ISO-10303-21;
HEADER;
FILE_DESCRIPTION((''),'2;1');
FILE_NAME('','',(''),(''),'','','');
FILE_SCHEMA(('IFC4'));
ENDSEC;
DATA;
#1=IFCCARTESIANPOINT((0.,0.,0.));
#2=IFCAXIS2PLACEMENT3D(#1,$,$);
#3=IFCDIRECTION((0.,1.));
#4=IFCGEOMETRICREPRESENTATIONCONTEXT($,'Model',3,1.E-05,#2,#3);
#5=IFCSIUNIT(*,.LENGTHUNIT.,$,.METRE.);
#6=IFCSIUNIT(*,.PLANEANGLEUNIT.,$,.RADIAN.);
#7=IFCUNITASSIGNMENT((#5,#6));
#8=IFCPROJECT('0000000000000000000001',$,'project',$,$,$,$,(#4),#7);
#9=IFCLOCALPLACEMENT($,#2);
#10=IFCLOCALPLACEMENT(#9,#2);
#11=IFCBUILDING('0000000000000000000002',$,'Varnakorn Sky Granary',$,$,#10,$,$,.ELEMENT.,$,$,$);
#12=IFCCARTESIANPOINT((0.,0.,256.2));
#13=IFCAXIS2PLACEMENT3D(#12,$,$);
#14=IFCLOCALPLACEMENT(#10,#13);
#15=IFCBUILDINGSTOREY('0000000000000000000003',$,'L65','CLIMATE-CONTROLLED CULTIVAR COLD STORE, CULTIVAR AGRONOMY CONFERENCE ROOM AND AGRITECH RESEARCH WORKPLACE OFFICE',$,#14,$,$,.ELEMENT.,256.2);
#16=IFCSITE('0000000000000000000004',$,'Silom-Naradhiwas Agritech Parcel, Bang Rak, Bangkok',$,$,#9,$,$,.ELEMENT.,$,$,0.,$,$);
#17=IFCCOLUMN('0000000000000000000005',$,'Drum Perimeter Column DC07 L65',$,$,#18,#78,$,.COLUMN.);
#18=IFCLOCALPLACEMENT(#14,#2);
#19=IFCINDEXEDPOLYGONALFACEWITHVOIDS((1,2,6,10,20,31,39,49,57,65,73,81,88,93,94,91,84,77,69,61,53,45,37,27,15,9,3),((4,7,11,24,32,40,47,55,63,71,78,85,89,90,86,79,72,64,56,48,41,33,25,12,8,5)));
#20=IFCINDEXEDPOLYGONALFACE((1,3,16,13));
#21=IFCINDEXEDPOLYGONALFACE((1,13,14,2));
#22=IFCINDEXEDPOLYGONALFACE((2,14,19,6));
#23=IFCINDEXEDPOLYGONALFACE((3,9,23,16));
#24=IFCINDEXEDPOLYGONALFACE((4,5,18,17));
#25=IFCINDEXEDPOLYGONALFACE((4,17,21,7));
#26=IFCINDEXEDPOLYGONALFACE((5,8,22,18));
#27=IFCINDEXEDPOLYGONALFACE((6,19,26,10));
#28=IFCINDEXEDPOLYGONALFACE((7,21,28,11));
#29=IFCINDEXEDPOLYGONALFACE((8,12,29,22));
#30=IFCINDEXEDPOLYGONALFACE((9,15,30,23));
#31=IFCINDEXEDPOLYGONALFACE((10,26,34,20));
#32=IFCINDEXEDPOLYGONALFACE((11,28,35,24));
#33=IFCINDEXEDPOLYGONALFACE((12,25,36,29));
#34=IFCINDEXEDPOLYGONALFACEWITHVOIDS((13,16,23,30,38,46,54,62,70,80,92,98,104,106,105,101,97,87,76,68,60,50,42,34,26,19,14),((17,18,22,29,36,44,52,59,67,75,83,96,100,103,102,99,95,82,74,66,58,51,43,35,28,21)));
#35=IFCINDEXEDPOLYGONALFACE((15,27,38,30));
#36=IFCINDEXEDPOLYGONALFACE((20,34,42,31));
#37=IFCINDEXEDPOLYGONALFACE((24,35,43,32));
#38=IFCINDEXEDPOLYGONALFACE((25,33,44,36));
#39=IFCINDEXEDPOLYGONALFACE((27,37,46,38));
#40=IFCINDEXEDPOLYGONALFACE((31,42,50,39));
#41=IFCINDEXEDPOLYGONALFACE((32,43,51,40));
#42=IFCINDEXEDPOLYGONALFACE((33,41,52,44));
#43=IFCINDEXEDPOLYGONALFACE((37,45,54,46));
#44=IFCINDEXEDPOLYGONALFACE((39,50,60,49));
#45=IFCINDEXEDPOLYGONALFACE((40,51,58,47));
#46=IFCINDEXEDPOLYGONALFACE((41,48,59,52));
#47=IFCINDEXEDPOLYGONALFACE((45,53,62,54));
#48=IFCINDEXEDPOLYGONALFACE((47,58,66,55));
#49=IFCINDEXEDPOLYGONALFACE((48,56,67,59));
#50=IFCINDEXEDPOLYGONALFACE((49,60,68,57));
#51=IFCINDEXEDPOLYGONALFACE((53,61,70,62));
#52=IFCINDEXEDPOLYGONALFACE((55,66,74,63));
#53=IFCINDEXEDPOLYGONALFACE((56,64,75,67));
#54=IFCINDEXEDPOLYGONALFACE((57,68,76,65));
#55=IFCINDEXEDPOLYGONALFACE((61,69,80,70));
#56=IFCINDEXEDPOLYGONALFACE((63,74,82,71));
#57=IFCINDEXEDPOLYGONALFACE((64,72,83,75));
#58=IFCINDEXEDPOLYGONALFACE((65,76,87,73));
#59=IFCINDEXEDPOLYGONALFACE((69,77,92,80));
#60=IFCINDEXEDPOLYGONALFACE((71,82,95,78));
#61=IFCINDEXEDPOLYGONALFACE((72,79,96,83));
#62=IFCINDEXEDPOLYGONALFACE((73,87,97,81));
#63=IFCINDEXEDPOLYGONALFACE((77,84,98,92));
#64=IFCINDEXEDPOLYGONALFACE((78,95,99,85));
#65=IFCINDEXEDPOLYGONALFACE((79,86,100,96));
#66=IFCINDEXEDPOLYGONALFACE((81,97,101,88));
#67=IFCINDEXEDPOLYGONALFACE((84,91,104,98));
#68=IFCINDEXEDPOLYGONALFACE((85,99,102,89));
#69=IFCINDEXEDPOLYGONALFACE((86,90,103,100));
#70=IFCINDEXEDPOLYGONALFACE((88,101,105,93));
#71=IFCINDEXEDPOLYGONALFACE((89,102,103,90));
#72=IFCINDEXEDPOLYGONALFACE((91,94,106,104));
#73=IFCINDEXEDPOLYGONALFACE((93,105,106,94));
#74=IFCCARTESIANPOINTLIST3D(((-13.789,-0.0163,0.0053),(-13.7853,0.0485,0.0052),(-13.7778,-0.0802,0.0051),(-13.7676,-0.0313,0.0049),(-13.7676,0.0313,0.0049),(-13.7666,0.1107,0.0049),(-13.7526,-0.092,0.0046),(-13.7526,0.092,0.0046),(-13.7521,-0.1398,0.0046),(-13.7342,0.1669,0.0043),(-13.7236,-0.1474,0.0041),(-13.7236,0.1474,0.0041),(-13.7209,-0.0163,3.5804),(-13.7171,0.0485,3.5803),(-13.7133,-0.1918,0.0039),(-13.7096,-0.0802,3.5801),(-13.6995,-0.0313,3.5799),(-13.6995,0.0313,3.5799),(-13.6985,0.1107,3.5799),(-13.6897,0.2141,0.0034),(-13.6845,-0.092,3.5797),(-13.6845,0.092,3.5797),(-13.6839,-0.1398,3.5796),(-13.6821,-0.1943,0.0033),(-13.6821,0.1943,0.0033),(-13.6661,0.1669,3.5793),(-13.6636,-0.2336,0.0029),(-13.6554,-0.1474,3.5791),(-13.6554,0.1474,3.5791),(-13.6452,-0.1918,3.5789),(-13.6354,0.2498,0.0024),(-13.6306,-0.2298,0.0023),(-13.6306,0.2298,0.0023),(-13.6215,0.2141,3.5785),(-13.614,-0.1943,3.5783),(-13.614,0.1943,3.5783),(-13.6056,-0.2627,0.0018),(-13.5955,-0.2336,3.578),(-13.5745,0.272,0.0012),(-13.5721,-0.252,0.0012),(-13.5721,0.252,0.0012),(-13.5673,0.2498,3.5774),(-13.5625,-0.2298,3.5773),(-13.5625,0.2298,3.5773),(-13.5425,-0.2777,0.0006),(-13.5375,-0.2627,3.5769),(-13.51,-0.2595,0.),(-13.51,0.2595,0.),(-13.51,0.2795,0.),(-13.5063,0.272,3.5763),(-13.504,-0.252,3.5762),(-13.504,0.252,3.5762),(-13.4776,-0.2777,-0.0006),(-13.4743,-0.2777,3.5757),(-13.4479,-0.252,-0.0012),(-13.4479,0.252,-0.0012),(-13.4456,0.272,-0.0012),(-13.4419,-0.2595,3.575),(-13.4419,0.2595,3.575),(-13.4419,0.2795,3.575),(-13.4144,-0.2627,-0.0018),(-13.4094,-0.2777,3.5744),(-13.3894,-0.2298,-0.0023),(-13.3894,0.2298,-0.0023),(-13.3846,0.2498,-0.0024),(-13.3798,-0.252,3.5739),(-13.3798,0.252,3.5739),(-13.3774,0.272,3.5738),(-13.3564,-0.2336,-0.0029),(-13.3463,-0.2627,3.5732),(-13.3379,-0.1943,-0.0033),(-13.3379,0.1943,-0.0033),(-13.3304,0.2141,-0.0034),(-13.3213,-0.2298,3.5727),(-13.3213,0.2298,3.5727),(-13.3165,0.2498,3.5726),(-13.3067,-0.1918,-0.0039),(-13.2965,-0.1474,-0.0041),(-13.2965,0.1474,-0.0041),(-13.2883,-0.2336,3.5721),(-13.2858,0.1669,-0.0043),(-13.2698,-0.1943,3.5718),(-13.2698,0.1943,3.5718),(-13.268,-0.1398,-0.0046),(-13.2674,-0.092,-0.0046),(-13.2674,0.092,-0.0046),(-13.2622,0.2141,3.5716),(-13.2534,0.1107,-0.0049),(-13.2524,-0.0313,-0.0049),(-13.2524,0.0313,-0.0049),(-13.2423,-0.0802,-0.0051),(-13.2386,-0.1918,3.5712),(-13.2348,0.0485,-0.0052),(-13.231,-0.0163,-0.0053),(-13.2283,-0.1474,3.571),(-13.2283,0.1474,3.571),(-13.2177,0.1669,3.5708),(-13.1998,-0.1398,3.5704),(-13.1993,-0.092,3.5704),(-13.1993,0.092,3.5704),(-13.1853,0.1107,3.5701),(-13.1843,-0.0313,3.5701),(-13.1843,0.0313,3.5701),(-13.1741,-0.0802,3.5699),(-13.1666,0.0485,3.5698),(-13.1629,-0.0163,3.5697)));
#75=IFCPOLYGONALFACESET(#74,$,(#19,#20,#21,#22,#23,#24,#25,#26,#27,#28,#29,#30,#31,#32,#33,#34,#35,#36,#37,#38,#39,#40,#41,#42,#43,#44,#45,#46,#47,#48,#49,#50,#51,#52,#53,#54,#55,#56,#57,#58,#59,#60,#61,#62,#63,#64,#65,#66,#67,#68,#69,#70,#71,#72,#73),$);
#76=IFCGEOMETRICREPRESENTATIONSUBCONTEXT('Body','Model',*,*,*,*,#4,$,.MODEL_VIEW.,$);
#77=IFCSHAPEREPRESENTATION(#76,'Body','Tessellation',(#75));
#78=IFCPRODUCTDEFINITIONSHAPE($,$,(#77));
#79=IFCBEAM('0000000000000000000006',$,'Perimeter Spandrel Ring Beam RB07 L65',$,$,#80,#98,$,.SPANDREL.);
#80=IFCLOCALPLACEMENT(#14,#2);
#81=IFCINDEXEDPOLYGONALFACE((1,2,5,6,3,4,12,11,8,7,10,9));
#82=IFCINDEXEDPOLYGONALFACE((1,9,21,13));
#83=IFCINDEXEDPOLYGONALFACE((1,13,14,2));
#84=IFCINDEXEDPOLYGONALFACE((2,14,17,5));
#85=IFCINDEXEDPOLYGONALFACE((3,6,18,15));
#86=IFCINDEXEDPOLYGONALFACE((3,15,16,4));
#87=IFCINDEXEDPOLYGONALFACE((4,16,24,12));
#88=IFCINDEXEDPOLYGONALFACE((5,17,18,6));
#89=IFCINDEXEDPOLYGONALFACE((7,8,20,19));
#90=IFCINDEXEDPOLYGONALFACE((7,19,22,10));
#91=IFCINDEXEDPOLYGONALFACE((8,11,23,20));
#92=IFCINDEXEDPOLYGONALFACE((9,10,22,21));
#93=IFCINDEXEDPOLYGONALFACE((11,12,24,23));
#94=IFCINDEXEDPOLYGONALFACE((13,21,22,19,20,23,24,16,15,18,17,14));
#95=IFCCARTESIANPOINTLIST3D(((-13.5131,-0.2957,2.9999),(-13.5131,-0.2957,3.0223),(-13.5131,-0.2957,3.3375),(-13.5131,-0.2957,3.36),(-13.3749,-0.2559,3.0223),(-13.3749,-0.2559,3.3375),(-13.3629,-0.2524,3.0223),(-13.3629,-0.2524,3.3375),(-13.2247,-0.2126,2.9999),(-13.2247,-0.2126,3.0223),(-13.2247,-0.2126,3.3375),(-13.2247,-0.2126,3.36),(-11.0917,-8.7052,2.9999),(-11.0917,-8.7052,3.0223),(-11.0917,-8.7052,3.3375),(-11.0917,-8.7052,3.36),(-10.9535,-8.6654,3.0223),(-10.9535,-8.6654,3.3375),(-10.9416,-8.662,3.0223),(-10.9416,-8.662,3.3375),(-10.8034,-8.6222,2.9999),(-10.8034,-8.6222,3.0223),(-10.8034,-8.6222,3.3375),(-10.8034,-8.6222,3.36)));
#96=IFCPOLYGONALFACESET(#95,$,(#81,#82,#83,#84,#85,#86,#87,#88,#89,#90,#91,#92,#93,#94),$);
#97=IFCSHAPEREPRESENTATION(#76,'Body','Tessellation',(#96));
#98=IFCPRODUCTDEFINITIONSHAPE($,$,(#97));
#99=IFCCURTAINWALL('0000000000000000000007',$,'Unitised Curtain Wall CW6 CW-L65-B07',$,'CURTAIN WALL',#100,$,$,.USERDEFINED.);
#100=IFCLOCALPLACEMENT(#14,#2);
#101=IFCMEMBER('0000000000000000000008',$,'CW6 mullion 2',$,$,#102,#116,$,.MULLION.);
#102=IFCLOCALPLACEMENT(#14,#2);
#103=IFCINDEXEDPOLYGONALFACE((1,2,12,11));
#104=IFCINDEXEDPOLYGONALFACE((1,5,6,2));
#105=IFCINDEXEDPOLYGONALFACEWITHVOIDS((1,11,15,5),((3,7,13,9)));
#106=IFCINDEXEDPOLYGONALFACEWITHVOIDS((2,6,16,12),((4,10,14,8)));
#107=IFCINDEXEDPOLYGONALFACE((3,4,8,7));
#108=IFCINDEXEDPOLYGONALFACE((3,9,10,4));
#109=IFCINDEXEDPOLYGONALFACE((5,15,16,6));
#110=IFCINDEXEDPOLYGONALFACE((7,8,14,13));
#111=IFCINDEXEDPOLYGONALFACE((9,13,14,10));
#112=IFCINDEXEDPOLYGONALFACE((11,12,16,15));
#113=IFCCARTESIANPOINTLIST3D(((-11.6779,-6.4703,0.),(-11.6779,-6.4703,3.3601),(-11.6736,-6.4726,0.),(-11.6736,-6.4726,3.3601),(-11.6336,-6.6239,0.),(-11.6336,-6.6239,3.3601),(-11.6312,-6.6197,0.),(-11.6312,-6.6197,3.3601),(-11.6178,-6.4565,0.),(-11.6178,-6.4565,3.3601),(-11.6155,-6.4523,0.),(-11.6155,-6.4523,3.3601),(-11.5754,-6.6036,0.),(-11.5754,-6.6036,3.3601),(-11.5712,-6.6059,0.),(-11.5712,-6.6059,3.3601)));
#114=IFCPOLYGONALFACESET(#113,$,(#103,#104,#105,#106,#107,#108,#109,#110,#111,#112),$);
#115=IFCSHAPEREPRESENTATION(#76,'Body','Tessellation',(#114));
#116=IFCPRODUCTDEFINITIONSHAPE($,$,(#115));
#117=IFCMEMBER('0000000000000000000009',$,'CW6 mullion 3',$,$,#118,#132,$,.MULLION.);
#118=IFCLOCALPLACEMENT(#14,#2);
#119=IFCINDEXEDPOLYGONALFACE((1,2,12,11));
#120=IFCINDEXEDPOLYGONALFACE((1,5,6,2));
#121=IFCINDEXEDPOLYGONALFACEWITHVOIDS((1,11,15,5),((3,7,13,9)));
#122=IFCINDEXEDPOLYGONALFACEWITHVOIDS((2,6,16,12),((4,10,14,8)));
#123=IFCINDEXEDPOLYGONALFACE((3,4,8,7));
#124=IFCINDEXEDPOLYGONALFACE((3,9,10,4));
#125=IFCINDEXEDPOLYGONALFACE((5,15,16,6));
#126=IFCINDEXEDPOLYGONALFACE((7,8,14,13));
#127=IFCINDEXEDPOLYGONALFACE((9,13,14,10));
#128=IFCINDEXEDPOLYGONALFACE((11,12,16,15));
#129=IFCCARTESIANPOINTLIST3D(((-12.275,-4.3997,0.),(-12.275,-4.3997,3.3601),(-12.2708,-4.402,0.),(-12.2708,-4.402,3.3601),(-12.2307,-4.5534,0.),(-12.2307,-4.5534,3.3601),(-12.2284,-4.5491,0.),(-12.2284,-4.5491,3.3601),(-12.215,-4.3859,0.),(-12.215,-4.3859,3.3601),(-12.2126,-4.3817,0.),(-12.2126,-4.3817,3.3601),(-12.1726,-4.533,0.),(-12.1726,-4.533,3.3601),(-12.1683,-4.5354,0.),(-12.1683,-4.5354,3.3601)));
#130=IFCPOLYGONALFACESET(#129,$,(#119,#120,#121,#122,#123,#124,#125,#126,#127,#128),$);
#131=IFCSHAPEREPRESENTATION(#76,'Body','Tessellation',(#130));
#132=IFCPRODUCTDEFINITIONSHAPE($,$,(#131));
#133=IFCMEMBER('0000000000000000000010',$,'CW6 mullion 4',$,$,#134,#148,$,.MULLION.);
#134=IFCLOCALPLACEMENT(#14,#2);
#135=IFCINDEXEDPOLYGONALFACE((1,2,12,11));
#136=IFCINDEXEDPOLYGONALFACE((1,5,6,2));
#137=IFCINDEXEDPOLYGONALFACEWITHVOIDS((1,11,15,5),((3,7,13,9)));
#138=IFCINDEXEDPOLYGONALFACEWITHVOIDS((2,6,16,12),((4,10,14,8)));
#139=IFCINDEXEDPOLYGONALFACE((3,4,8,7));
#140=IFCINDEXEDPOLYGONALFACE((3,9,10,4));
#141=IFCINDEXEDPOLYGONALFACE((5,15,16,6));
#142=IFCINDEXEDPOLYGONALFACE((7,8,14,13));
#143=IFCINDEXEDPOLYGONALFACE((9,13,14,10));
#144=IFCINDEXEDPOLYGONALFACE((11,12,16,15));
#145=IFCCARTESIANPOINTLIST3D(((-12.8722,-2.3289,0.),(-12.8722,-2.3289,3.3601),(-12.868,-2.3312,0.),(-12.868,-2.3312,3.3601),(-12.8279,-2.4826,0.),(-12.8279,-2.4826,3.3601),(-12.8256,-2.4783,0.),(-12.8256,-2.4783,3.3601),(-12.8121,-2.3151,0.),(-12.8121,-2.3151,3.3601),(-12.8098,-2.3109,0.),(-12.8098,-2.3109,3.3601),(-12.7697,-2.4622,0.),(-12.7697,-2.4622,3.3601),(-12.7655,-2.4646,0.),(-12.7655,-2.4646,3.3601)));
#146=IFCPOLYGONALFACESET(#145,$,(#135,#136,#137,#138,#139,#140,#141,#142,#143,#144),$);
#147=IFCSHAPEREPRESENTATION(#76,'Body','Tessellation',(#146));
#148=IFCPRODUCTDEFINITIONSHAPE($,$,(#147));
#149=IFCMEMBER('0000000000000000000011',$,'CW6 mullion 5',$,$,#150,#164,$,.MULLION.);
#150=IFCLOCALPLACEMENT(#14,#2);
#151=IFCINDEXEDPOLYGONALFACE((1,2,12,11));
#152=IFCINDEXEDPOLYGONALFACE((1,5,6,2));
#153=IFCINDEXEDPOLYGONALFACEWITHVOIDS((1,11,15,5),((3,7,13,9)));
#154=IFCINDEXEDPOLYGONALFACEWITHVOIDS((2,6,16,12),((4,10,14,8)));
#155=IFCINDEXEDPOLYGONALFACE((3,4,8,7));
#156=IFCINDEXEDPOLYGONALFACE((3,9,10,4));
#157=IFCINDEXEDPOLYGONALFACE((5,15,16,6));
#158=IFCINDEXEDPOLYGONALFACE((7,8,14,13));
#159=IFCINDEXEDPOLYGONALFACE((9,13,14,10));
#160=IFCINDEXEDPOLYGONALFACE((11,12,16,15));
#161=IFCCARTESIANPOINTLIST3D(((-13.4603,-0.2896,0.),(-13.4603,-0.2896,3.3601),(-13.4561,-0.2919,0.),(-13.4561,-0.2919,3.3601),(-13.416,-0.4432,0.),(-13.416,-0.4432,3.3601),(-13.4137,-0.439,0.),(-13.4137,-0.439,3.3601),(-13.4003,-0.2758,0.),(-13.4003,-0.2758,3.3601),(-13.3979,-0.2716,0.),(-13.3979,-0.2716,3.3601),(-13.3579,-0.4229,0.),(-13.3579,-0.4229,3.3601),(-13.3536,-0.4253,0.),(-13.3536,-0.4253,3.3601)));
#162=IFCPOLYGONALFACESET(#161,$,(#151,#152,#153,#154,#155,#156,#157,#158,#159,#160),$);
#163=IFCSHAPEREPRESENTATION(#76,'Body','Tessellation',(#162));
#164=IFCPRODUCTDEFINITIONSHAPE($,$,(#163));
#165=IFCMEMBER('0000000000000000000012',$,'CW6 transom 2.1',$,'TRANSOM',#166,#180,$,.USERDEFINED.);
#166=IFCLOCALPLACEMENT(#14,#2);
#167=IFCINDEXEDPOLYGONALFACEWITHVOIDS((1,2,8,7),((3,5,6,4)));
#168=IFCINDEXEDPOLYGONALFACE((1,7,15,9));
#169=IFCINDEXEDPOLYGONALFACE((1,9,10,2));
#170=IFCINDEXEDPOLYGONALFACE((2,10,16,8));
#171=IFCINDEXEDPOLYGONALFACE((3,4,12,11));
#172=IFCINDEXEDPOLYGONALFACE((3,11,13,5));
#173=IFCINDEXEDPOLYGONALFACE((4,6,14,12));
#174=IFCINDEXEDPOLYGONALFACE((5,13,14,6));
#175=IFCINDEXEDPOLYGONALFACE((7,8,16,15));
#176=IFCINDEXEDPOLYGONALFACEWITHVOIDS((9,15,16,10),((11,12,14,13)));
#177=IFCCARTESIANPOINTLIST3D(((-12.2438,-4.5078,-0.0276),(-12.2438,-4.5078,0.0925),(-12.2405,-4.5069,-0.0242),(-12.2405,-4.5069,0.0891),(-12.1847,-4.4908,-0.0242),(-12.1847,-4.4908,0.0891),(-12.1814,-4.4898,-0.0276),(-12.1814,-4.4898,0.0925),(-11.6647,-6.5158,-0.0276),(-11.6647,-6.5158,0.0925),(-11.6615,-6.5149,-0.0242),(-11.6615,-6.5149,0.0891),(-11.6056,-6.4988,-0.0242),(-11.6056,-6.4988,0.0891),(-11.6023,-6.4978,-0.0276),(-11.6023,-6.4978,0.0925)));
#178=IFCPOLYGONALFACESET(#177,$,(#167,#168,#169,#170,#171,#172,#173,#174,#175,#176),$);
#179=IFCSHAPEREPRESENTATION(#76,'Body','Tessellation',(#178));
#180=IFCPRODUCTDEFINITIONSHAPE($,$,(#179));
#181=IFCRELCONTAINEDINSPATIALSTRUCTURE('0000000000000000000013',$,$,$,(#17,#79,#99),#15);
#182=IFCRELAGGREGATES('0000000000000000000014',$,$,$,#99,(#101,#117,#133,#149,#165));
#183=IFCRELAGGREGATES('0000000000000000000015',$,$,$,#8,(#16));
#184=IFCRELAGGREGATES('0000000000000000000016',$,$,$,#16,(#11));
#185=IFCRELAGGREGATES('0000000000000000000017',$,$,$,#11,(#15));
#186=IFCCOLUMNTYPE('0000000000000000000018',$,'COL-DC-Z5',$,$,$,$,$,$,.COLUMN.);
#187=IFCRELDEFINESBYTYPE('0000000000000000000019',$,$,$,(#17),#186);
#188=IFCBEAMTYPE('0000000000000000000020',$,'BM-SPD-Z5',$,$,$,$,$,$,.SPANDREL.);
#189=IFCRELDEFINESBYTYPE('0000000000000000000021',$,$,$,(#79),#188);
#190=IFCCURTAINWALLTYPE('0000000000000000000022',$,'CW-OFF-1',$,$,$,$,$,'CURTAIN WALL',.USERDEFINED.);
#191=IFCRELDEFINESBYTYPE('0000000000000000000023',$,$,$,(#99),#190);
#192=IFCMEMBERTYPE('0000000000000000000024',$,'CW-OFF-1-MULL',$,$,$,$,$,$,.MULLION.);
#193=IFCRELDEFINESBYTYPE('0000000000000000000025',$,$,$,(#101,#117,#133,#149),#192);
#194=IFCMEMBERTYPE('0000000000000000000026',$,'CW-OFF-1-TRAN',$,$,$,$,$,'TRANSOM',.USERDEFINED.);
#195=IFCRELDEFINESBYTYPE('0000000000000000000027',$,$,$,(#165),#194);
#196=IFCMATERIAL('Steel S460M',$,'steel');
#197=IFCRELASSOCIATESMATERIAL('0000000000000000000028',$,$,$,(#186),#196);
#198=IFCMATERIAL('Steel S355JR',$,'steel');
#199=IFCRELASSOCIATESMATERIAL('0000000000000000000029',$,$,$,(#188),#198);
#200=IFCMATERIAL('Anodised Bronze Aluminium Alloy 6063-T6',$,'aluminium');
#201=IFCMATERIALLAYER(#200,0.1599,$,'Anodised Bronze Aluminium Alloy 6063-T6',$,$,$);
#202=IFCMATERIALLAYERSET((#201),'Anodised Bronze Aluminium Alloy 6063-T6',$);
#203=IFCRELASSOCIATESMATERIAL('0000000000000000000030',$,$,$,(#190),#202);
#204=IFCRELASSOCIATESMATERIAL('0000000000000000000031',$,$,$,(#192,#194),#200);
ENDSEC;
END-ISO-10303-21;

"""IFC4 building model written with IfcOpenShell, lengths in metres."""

from ifc_helpers import new_model, si_unit, direction, frame, origin, origin_2d, place, context, subcontext, project, spatial, hollow_rectangle, hollow_circle, i_section, extrude, material, layer, layer_set, material_profile, profile_set, type_object, element, aggregate, save


model = new_model("IFC4")

# Units and contexts
model_context = context("Model", 3, precision=1e-05, world=origin(), true_north=direction((0.0, 1.0)))
body_context = subcontext(model_context, "Body", "Model", "MODEL_VIEW")
ifc_project = project(units=[si_unit("LENGTHUNIT", "METRE"), si_unit("PLANEANGLEUNIT", "RADIAN")], contexts=[model_context])

# Site, building, storey
site_placement = place(None, origin())
site = spatial("IfcSite", under=ifc_project, at=site_placement, Name="Silom-Naradhiwas Agritech Parcel, Bang Rak, Bangkok", CompositionType="ELEMENT", RefElevation=0.0)
building_placement = place(site_placement, origin())
building = spatial("IfcBuilding", under=site, at=building_placement, Name="Varnakorn Sky Granary", CompositionType="ELEMENT")
storey_placement = place(building_placement, frame((0.0, 0.0, 256.2)))
storey = spatial("IfcBuildingStorey", under=building, at=storey_placement, Name="L65", Description="CLIMATE-CONTROLLED CULTIVAR COLD STORE, CULTIVAR AGRONOMY CONFERENCE ROOM AND AGRITECH RESEARCH WORKPLACE OFFICE", CompositionType="ELEMENT", Elevation=256.2)

# Column
ifc_material_1 = material(Name="Steel S460M", Category="steel")
ifc_material_profile_1 = material_profile(ifc_material_1, hollow_circle(Radius=0.2795, WallThickness=0.02, at=origin_2d()), Name="CHS 559x20")
ifc_profile_set_1 = profile_set([ifc_material_profile_1], Name="Steel S460M")
column_type = type_object("IfcColumnType", Name="COL-DC-Z5", PredefinedType="COLUMN", material=ifc_profile_set_1)
column_placement = place(storey_placement, frame((-13.51, 0.0, 0.0), z_axis=(0.01905, 0.0, 0.999819), x_axis=(0.0, 1.0, 0.0)))
element("IfcColumn", 1, at=column_placement, inside=storey, type_object=column_type, Name="Drum Perimeter Column DC07 L65", PredefinedType="COLUMN", context=body_context, shape_type="SweptSolid", body=[
    extrude(hollow_circle(Radius=0.2795, WallThickness=0.02, at=origin_2d()), origin(), (0.0, 0.0, 1.0), 3.5757),
])

# Beam
ifc_material_2 = material(Name="Steel S355JR", Category="steel")
ifc_material_profile_2 = material_profile(ifc_material_2, i_section(OverallWidth=0.3, OverallDepth=0.3601, WebThickness=0.0125, FlangeThickness=0.0225, at=origin_2d()), Name="HE 360 B")
ifc_profile_set_2 = profile_set([ifc_material_profile_2], Name="Steel S355JR")
beam_type = type_object("IfcBeamType", Name="BM-SPD-Z5", PredefinedType="SPANDREL", material=ifc_profile_set_2)
beam_placement = place(storey_placement, frame((-13.3689, -0.2542, 3.1799), z_axis=(0.276688, -0.96096, 0.0), x_axis=(0.96096, 0.276688, 0.0)))
element("IfcBeam", 2, at=beam_placement, inside=storey, type_object=beam_type, Name="Perimeter Spandrel Ring Beam RB07 L65", PredefinedType="SPANDREL", context=body_context, shape_type="SweptSolid", body=[
    extrude(i_section(OverallWidth=0.3, OverallDepth=0.3601, WebThickness=0.0125, FlangeThickness=0.0225, at=origin_2d()), origin(), (0.0, 0.0, 1.0), 8.7512),
])

# Curtain wall, members
ifc_material_3 = material(Name="Anodised Bronze Aluminium Alloy 6063-T6", Category="aluminium")
ifc_layer_1 = layer(ifc_material_3, 0.1599, Name="Anodised Bronze Aluminium Alloy 6063-T6")
ifc_layer_set_1 = layer_set([ifc_layer_1], Name="Anodised Bronze Aluminium Alloy 6063-T6")
curtain_wall_type = type_object("IfcCurtainWallType", Name="CW-OFF-1", ElementType="CURTAIN WALL", PredefinedType="USERDEFINED", material=ifc_layer_set_1)
curtain_wall_placement = place(storey_placement, origin())
curtain_wall = element("IfcCurtainWall", 3, at=curtain_wall_placement, inside=storey, type_object=curtain_wall_type, Name="Unitised Curtain Wall CW6 CW-L65-B07", ObjectType="CURTAIN WALL", PredefinedType="USERDEFINED")
ifc_material_profile_3 = material_profile(ifc_material_3, hollow_rectangle(XDim=0.0649, YDim=0.1599, WallThickness=0.0034, at=origin_2d()), Name="ALU MULL 65x160")
ifc_profile_set_3 = profile_set([ifc_material_profile_3], Name="Anodised Bronze Aluminium Alloy 6063-T6")
member_type_1 = type_object("IfcMemberType", Name="CW-OFF-1-MULL", PredefinedType="MULLION", material=ifc_profile_set_3)
member_1_placement = place(storey_placement, frame((-11.6245, -6.5381, 0.0), z_axis=(0.0, 0.0, 1.0), x_axis=(-0.960846, -0.277084, 0.0)))
member_1 = element("IfcMember", 4, at=member_1_placement, type_object=member_type_1, Name="CW6 mullion 2", PredefinedType="MULLION", context=body_context, shape_type="SweptSolid", body=[
    extrude(hollow_rectangle(XDim=0.0649, YDim=0.1599, WallThickness=0.0034, at=origin_2d()), origin(), (0.0, 0.0, 1.0), 3.3601),
])
member_2_placement = place(storey_placement, frame((-12.2217, -4.4675, 0.0), z_axis=(0.0, 0.0, 1.0), x_axis=(-0.960846, -0.277084, 0.0)))
member_2 = element("IfcMember", 5, at=member_2_placement, type_object=member_type_1, Name="CW6 mullion 3", PredefinedType="MULLION", context=body_context, shape_type="SweptSolid", body=[
    extrude(hollow_rectangle(XDim=0.0649, YDim=0.1599, WallThickness=0.0034, at=origin_2d()), origin(), (0.0, 0.0, 1.0), 3.3601),
])
member_3_placement = place(storey_placement, frame((-12.8188, -2.3967, 0.0), z_axis=(0.0, 0.0, 1.0), x_axis=(-0.960846, -0.277084, 0.0)))
member_3 = element("IfcMember", 6, at=member_3_placement, type_object=member_type_1, Name="CW6 mullion 4", PredefinedType="MULLION", context=body_context, shape_type="SweptSolid", body=[
    extrude(hollow_rectangle(XDim=0.0649, YDim=0.1599, WallThickness=0.0034, at=origin_2d()), origin(), (0.0, 0.0, 1.0), 3.3601),
])
member_4_placement = place(storey_placement, frame((-13.407, -0.3574, 0.0), z_axis=(0.0, 0.0, 1.0), x_axis=(-0.960846, -0.277084, 0.0)))
member_4 = element("IfcMember", 7, at=member_4_placement, type_object=member_type_1, Name="CW6 mullion 5", PredefinedType="MULLION", context=body_context, shape_type="SweptSolid", body=[
    extrude(hollow_rectangle(XDim=0.0649, YDim=0.1599, WallThickness=0.0034, at=origin_2d()), origin(), (0.0, 0.0, 1.0), 3.3601),
])
ifc_material_profile_4 = material_profile(ifc_material_3, hollow_rectangle(XDim=0.0649, YDim=0.1201, WallThickness=0.0034, at=origin_2d()), Name="ALU TRAN 65x120")
ifc_profile_set_4 = profile_set([ifc_material_profile_4], Name="Anodised Bronze Aluminium Alloy 6063-T6")
member_type_2 = type_object("IfcMemberType", Name="CW-OFF-1-TRAN", ElementType="TRANSOM", PredefinedType="USERDEFINED", material=ifc_profile_set_4)
member_5_placement = place(storey_placement, frame((-11.6335, -6.5068, 0.0325), z_axis=(-0.277096, 0.960842, 0.0), x_axis=(-0.960842, -0.277096, 0.0)))
member_5 = element("IfcMember", 8, at=member_5_placement, type_object=member_type_2, Name="CW6 transom 2.1", ObjectType="TRANSOM", PredefinedType="USERDEFINED", context=body_context, shape_type="SweptSolid", body=[
    extrude(hollow_rectangle(XDim=0.0649, YDim=0.1201, WallThickness=0.0034, at=origin_2d()), origin(), (0.0, 0.0, 1.0), 2.0898),
])

aggregate(curtain_wall, [member_1, member_2, member_3, member_4, member_5])

save(model, "model.ifc")
